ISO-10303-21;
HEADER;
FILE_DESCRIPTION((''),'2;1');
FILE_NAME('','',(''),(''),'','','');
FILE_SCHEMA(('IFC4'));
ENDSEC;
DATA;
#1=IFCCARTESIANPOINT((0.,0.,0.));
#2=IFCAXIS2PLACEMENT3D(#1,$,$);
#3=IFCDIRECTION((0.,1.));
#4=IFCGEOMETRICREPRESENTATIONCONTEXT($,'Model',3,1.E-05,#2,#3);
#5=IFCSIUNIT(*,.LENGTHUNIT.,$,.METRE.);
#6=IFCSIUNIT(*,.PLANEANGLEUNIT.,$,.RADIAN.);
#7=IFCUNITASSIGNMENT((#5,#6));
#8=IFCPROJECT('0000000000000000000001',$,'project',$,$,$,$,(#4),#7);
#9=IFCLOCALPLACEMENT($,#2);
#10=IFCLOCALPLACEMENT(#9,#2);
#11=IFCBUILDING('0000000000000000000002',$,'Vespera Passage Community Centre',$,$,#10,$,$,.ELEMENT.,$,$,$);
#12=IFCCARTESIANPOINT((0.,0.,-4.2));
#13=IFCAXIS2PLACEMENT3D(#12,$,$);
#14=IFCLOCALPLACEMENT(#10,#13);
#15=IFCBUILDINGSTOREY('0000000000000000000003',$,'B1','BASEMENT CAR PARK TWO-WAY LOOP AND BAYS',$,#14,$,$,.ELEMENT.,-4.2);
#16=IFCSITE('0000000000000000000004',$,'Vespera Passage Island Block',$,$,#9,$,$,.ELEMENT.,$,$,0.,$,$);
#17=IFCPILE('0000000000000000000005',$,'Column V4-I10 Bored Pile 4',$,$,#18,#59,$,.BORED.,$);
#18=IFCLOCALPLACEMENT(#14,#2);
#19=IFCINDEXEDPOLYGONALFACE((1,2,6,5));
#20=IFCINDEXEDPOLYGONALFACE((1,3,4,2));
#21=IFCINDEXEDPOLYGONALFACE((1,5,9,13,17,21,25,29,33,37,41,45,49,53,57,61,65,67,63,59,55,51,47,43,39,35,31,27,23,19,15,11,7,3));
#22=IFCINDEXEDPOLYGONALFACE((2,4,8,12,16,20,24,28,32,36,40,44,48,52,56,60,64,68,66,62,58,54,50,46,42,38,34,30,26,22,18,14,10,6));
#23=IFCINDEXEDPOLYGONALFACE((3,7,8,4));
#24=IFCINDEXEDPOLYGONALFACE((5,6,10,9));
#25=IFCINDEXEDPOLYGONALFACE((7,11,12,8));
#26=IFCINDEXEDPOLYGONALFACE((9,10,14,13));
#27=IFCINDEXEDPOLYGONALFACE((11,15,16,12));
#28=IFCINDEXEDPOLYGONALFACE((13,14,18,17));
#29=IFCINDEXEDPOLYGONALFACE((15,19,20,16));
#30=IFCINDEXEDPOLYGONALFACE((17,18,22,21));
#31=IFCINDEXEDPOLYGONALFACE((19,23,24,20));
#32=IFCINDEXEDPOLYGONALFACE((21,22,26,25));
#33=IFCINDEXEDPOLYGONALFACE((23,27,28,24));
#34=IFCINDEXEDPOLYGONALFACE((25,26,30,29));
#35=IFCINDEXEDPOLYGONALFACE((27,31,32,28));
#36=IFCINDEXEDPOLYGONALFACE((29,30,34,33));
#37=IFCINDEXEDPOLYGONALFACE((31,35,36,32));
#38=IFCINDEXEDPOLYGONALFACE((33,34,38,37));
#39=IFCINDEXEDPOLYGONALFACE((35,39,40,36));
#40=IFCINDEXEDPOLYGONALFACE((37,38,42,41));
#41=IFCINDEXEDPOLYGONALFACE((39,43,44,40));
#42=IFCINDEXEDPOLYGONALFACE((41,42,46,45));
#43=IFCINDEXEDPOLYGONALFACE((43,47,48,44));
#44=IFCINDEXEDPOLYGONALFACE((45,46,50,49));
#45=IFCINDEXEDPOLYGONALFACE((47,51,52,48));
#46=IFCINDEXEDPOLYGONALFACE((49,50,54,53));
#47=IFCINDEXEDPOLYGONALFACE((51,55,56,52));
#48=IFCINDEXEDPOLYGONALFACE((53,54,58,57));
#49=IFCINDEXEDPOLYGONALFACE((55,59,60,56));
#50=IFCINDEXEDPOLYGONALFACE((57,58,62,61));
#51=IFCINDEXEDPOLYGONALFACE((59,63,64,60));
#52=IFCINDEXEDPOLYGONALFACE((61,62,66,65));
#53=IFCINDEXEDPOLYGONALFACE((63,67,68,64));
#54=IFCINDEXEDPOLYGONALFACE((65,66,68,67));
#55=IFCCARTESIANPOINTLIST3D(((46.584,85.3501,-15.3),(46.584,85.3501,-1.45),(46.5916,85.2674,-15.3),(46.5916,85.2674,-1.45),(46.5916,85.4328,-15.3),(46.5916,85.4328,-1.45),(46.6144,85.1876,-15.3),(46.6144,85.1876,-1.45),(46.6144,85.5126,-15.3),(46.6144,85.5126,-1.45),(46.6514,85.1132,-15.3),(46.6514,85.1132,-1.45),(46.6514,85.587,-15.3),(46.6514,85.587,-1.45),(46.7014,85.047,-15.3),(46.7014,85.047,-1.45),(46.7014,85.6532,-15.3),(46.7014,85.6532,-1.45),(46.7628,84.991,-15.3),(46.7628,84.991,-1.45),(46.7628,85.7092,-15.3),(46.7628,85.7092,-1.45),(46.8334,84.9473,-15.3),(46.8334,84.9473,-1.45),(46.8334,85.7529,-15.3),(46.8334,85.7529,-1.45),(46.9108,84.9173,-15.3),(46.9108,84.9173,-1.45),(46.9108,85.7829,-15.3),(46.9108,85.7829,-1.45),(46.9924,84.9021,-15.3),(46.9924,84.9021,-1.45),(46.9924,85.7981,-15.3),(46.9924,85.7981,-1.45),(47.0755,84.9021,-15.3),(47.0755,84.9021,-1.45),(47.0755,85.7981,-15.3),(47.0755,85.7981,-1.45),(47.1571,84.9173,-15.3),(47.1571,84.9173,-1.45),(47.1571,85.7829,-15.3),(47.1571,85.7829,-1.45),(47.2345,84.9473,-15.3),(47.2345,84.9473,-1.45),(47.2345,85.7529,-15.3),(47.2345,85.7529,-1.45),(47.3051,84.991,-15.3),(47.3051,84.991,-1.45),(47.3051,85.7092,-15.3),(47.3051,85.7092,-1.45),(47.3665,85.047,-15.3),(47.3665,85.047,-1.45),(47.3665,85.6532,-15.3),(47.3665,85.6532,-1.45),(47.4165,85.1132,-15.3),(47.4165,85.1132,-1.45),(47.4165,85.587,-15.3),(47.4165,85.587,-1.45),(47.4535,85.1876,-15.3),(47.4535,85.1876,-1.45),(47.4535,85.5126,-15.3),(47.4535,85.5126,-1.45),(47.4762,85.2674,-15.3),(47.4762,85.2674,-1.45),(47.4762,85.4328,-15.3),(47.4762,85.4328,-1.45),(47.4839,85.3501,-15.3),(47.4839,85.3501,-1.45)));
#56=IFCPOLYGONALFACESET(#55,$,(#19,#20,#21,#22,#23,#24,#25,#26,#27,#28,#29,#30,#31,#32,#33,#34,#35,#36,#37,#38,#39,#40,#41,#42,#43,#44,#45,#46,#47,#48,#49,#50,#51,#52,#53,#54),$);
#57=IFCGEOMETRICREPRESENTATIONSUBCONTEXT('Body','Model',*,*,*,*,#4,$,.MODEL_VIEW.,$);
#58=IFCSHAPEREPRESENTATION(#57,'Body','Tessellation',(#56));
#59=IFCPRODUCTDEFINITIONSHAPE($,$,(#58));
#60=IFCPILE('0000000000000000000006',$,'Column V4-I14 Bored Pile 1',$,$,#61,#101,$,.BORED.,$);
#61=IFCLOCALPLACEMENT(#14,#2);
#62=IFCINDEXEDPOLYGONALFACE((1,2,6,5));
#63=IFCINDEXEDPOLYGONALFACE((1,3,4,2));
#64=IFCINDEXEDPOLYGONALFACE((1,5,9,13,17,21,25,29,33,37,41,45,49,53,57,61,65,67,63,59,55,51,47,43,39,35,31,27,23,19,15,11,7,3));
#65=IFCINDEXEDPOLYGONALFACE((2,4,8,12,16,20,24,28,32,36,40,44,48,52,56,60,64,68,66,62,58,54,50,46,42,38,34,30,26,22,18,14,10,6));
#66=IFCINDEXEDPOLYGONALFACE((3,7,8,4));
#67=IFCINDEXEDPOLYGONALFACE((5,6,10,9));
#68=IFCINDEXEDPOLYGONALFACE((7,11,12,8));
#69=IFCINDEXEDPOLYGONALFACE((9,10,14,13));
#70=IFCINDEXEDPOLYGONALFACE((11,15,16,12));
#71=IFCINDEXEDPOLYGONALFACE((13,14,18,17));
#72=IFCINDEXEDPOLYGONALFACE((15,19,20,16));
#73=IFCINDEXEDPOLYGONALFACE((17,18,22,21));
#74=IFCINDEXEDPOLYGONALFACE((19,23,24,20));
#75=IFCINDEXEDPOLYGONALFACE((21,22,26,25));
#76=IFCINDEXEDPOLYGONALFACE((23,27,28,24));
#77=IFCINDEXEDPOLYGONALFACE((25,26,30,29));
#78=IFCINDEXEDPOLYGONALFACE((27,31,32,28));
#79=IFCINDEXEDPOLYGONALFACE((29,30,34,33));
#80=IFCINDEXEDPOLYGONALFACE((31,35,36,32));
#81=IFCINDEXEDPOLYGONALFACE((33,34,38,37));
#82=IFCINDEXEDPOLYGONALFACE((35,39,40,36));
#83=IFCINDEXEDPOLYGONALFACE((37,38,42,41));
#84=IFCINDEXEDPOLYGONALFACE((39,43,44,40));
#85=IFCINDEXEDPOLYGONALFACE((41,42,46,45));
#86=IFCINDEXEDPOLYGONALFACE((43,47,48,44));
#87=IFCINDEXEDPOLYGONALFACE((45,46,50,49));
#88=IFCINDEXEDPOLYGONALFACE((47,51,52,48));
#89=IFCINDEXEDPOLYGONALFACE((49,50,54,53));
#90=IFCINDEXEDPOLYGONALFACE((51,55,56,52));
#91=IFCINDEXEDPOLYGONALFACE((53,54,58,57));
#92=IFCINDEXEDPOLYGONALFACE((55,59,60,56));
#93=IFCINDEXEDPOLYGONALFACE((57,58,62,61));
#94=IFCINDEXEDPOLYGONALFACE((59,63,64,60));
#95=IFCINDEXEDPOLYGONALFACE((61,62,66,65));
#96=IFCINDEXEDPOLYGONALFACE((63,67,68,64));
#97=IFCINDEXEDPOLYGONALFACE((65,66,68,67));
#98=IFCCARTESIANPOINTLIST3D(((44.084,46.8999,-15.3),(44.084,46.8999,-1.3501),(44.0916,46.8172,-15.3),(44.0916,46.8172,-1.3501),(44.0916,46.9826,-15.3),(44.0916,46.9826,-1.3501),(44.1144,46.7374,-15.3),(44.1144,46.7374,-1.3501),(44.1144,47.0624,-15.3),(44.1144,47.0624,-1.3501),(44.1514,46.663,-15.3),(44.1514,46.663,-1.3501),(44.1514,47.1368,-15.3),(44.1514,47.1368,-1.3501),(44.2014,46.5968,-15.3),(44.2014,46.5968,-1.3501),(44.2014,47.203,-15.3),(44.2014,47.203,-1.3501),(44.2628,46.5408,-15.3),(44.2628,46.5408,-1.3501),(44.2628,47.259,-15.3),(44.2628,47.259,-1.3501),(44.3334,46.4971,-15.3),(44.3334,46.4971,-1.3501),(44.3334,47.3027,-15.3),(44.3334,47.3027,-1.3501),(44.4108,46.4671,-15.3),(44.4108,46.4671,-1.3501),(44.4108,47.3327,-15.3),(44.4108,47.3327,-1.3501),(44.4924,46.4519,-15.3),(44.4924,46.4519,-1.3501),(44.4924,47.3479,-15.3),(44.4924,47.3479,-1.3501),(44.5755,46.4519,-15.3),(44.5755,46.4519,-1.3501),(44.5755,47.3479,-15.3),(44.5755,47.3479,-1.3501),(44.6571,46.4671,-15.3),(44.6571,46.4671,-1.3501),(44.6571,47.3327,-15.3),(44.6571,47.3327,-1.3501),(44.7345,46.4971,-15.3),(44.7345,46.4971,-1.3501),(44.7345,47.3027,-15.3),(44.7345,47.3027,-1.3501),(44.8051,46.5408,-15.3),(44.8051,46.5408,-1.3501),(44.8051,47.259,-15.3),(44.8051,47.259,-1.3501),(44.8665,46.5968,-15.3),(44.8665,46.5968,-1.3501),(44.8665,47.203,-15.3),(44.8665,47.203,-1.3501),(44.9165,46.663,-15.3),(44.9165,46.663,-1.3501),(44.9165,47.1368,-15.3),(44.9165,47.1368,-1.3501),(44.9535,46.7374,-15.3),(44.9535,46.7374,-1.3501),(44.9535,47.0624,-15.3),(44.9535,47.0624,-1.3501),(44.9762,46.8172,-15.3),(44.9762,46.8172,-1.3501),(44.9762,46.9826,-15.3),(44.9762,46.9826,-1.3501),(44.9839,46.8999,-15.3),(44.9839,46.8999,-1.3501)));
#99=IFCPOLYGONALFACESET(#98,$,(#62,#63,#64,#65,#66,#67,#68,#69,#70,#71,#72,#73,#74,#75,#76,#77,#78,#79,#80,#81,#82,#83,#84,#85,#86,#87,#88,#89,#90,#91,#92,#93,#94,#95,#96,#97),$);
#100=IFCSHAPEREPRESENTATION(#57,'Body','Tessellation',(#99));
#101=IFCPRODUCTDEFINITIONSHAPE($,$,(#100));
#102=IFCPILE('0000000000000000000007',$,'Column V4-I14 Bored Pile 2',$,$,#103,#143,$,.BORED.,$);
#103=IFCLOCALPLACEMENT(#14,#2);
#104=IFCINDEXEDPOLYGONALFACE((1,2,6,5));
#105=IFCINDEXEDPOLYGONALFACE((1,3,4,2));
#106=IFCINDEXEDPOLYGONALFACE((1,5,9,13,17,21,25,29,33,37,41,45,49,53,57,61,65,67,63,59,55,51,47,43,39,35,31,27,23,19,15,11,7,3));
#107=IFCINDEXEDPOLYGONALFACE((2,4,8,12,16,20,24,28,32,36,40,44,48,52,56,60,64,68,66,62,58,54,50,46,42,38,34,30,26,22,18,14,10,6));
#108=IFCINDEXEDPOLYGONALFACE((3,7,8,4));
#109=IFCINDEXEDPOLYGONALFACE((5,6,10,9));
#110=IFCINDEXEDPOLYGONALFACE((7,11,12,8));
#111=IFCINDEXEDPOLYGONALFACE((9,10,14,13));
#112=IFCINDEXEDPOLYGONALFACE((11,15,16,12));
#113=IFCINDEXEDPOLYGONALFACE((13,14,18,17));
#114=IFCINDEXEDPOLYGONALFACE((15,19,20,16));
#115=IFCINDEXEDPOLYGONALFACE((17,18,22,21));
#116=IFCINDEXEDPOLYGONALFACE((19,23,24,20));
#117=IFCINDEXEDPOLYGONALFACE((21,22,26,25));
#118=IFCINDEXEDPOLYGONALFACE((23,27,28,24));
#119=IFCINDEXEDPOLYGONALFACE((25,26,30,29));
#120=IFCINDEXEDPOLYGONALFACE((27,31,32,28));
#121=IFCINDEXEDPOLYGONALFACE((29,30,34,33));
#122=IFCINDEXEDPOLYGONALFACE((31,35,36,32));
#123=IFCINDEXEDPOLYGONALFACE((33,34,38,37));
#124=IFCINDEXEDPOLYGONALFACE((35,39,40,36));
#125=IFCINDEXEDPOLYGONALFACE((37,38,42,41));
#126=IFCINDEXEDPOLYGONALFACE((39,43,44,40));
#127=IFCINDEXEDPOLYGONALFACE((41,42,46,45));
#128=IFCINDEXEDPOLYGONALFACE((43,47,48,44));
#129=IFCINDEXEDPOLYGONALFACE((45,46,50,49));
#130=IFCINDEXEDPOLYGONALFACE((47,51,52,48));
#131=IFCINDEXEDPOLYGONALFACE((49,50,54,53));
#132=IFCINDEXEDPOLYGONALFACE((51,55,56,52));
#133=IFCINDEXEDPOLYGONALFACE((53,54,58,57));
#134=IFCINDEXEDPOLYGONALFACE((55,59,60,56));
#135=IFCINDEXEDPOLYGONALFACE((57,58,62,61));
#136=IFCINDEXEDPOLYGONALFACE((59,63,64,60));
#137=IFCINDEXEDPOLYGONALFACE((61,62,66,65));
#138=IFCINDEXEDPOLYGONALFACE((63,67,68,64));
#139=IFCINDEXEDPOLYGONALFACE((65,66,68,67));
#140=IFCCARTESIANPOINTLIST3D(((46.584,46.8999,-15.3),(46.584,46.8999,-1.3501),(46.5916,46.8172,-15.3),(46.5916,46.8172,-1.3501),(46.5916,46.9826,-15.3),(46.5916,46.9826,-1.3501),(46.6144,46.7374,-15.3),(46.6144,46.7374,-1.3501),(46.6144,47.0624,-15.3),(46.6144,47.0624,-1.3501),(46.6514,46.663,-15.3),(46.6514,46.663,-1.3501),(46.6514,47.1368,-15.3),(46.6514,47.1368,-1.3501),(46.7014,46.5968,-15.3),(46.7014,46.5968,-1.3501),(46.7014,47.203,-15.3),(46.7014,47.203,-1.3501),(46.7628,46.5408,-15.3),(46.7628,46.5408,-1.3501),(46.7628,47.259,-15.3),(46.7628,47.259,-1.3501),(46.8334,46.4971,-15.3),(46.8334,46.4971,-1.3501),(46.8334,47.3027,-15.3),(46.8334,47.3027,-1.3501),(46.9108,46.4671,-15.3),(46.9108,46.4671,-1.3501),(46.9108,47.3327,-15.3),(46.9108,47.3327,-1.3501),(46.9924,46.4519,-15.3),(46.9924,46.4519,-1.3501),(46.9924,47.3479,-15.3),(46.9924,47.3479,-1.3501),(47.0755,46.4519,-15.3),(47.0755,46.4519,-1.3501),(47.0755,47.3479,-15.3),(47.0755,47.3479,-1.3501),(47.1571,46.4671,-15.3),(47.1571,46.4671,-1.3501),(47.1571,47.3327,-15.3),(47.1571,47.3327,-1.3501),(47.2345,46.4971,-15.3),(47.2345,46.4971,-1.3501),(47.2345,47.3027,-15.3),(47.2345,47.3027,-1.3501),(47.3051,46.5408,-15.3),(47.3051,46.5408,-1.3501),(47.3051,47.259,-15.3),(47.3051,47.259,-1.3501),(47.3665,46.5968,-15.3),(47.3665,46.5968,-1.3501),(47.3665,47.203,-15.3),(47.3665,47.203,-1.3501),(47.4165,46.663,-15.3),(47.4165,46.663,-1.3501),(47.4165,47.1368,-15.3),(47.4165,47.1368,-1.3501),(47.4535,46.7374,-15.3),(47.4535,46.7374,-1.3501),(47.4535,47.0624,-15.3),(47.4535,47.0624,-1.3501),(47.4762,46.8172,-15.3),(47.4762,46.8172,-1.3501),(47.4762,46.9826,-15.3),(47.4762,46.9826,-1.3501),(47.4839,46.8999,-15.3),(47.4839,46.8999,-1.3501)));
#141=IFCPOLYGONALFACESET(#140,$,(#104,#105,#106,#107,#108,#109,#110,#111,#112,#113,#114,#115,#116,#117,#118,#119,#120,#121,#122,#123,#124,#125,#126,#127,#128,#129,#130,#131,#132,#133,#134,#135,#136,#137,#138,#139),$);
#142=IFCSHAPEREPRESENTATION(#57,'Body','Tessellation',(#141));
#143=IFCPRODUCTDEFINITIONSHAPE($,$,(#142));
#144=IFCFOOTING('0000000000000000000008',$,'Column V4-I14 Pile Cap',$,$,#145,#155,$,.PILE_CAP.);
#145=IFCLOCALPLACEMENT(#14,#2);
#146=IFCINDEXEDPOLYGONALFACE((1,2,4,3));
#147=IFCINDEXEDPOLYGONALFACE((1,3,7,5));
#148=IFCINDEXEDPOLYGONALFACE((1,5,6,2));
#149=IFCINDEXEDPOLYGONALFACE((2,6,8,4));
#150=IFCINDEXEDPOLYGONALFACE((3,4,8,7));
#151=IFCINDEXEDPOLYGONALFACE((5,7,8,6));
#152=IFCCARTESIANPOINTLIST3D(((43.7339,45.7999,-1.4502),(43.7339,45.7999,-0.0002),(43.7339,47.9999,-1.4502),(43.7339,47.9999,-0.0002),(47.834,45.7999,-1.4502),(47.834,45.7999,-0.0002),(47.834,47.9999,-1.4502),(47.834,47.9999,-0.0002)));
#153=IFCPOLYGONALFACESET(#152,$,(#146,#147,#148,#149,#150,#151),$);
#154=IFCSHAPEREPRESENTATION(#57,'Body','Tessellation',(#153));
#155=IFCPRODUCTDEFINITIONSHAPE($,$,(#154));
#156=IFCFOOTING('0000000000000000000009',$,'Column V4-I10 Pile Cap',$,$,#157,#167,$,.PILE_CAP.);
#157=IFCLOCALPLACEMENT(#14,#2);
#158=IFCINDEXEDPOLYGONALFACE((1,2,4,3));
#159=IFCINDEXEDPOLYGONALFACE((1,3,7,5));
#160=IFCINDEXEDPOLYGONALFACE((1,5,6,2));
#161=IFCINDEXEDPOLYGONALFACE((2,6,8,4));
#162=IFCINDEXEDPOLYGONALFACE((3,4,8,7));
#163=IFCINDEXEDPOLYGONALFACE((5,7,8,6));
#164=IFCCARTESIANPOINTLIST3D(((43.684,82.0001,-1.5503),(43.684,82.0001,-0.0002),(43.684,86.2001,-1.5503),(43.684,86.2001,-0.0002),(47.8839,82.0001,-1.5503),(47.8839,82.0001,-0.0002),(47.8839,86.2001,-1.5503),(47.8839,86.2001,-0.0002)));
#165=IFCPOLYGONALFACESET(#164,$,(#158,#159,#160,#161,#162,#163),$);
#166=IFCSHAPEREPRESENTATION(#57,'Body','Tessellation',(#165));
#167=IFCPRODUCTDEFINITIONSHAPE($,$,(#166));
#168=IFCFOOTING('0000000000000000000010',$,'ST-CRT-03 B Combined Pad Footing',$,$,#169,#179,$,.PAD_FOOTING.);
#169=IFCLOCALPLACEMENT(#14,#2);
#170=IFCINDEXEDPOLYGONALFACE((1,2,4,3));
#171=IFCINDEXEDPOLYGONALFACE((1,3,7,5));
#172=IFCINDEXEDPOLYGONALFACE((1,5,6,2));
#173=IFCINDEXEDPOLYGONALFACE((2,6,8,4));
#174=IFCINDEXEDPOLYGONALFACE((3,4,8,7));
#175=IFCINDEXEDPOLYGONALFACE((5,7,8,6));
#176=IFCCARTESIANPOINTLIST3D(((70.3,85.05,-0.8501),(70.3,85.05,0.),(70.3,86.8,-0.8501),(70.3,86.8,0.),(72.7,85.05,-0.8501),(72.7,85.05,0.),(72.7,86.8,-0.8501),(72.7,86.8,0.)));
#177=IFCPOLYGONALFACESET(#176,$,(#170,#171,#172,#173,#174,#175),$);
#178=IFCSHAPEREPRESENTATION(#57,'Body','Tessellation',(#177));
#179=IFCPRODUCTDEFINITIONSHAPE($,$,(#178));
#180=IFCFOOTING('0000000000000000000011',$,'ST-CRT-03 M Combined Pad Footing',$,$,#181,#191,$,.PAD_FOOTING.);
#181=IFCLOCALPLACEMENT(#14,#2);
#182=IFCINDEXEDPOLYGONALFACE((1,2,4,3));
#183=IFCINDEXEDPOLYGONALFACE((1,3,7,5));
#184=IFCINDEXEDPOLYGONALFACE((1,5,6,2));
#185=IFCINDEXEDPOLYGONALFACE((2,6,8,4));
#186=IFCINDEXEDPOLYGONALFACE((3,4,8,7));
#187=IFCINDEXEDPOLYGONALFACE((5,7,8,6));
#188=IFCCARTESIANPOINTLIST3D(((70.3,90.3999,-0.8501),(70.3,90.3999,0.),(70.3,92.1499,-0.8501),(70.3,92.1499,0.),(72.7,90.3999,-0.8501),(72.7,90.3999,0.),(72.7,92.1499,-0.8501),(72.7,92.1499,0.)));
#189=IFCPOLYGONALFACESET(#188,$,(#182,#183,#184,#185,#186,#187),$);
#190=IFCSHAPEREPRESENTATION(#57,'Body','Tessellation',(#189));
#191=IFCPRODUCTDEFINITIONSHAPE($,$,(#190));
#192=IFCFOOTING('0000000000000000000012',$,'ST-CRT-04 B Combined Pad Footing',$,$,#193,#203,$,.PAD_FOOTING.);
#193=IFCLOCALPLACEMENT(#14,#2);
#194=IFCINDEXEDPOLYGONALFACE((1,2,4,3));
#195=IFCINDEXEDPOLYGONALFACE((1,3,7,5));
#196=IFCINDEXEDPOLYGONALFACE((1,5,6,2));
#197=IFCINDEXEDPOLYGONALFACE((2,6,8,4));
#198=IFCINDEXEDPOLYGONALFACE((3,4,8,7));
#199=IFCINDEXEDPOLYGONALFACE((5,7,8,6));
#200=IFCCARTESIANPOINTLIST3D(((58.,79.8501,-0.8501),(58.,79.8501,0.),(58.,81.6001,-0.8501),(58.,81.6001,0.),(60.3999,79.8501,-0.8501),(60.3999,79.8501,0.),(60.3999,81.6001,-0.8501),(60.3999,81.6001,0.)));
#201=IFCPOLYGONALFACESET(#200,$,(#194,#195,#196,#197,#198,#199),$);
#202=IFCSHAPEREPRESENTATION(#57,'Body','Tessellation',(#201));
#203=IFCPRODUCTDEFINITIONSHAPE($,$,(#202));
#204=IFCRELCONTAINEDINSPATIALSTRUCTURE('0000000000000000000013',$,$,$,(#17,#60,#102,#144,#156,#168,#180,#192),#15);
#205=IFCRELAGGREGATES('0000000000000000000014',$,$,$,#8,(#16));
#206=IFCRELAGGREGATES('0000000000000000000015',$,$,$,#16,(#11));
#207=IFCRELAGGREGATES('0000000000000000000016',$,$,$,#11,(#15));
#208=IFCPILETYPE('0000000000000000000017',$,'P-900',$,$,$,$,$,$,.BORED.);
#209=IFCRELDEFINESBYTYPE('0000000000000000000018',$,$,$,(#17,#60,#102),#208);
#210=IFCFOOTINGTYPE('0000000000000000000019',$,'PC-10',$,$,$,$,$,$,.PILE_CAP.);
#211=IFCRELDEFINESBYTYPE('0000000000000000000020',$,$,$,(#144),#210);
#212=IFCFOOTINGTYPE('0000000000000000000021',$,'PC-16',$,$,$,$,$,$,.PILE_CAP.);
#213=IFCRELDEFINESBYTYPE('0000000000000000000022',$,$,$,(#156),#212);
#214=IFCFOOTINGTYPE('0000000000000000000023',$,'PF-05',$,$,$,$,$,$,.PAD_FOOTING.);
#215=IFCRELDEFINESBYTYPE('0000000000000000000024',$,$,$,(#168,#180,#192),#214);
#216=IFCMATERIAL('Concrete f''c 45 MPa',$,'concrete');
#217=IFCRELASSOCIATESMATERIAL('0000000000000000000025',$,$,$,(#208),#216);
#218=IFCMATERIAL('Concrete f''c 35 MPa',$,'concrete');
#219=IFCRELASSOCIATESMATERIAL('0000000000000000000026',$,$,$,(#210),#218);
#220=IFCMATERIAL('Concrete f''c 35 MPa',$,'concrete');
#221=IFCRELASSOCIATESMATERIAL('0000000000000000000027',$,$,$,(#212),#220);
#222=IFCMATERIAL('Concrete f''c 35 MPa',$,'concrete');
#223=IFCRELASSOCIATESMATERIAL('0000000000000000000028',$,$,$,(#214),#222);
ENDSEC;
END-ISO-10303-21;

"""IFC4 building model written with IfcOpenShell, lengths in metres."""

from ifc_helpers import new_model, si_unit, direction, frame, origin, origin_2d, place, context, subcontext, project, spatial, rectangle, circle, extrude, material, material_profile, profile_set, type_object, element, save


model = new_model("IFC4")

# Units and contexts
model_context = context("Model", 3, precision=1e-05, world=origin(), true_north=direction((0.0, 1.0)))
body_context = subcontext(model_context, "Body", "Model", "MODEL_VIEW")
ifc_project = project(units=[si_unit("LENGTHUNIT", "METRE"), si_unit("PLANEANGLEUNIT", "RADIAN")], contexts=[model_context])

# Site, building, storey
site_placement = place(None, origin())
site = spatial("IfcSite", under=ifc_project, at=site_placement, Name="Vespera Passage Island Block", CompositionType="ELEMENT", RefElevation=0.0)
building_placement = place(site_placement, origin())
building = spatial("IfcBuilding", under=site, at=building_placement, Name="Vespera Passage Community Centre", CompositionType="ELEMENT")
storey_placement = place(building_placement, frame((0.0, 0.0, -4.2)))
storey = spatial("IfcBuildingStorey", under=building, at=storey_placement, Name="B1", Description="BASEMENT CAR PARK TWO-WAY LOOP AND BAYS", CompositionType="ELEMENT", Elevation=-4.2)

# Piles
ifc_material_1 = material(Name="Concrete f'c 45 MPa", Category="concrete")
ifc_material_profile_1 = material_profile(ifc_material_1, circle(Radius=0.45, at=origin_2d()), Name="PILE900DIA")
ifc_profile_set_1 = profile_set([ifc_material_profile_1], Name="Concrete f'c 45 MPa")
pile_type = type_object("IfcPileType", Name="P-900", PredefinedType="BORED", material=ifc_profile_set_1)
for number, where, z_axis, x_axis, name in (
    (1, (47.0339, 85.3501, -1.45), (0.0, 0.0, -1.0), (1.0, 0.0, 0.0), "Column V4-I10 Bored Pile 4"),
):
    element("IfcPile", number, at=place(storey_placement, frame(where, z_axis=z_axis, x_axis=x_axis)), inside=storey, type_object=pile_type, Name=name, PredefinedType="BORED", context=body_context, shape_type="SweptSolid", body=[
        extrude(circle(Radius=0.45, at=origin_2d()), origin(), (0.0, 0.0, 1.0), 13.8501),
    ])
for number, where, z_axis, x_axis, name in (
    (2, (44.5339, 46.8999, -1.3501), (0.0, 0.0, -1.0), (1.0, 0.0, 0.0), "Column V4-I14 Bored Pile 1"),
    (3, (47.0339, 46.8999, -1.3501), (0.0, 0.0, -1.0), (1.0, 0.0, 0.0), "Column V4-I14 Bored Pile 2"),
):
    element("IfcPile", number, at=place(storey_placement, frame(where, z_axis=z_axis, x_axis=x_axis)), inside=storey, type_object=pile_type, Name=name, PredefinedType="BORED", context=body_context, shape_type="SweptSolid", body=[
        extrude(circle(Radius=0.45, at=origin_2d()), origin(), (0.0, 0.0, 1.0), 13.95),
    ])

# Footings
ifc_material_2 = material(Name="Concrete f'c 35 MPa", Category="concrete")
footing_type_1 = type_object("IfcFootingType", Name="PC-10", PredefinedType="PILE_CAP", material=ifc_material_2)
footing_1_placement = place(storey_placement, frame((45.7839, 46.8999, -1.4502), z_axis=(0.0, 0.0, 1.0), x_axis=(1.0, 0.0, 0.0)))
element("IfcFooting", 4, at=footing_1_placement, inside=storey, type_object=footing_type_1, Name="Column V4-I14 Pile Cap", PredefinedType="PILE_CAP", context=body_context, shape_type="SweptSolid", body=[
    extrude(rectangle(XDim=4.1001, YDim=2.2, at=origin_2d()), origin(), (0.0, 0.0, 1.0), 1.45),
])
ifc_material_3 = material(Name="Concrete f'c 35 MPa", Category="concrete")
footing_type_2 = type_object("IfcFootingType", Name="PC-16", PredefinedType="PILE_CAP", material=ifc_material_3)
footing_2_placement = place(storey_placement, frame((45.7839, 84.1001, -1.5503), z_axis=(0.0, 0.0, 1.0), x_axis=(1.0, 0.0, 0.0)))
element("IfcFooting", 5, at=footing_2_placement, inside=storey, type_object=footing_type_2, Name="Column V4-I10 Pile Cap", PredefinedType="PILE_CAP", context=body_context, shape_type="SweptSolid", body=[
    extrude(rectangle(XDim=4.2, YDim=4.2, at=origin_2d()), origin(), (0.0, 0.0, 1.0), 1.55),
])
ifc_material_4 = material(Name="Concrete f'c 35 MPa", Category="concrete")
footing_type_3 = type_object("IfcFootingType", Name="PF-05", PredefinedType="PAD_FOOTING", material=ifc_material_4)
for number, where, z_axis, x_axis, name in (
    (6, (71.5, 85.925, -0.8501), (0.0, 0.0, 1.0), (-1.0, 0.0, 0.0), "ST-CRT-03 B Combined Pad Footing"),
    (7, (71.5, 91.2749, -0.8501), (0.0, 0.0, 1.0), (-1.0, 0.0, 0.0), "ST-CRT-03 M Combined Pad Footing"),
    (8, (59.2, 80.7251, -0.8501), (0.0, 0.0, 1.0), (-1.0, 0.0, 0.0), "ST-CRT-04 B Combined Pad Footing"),
):
    element("IfcFooting", number, at=place(storey_placement, frame(where, z_axis=z_axis, x_axis=x_axis)), inside=storey, type_object=footing_type_3, Name=name, PredefinedType="PAD_FOOTING", context=body_context, shape_type="SweptSolid", body=[
        extrude(rectangle(XDim=2.3999, YDim=1.75, at=origin_2d()), origin(), (0.0, 0.0, 1.0), 0.8501),
    ])

save(model, "model.ifc")
